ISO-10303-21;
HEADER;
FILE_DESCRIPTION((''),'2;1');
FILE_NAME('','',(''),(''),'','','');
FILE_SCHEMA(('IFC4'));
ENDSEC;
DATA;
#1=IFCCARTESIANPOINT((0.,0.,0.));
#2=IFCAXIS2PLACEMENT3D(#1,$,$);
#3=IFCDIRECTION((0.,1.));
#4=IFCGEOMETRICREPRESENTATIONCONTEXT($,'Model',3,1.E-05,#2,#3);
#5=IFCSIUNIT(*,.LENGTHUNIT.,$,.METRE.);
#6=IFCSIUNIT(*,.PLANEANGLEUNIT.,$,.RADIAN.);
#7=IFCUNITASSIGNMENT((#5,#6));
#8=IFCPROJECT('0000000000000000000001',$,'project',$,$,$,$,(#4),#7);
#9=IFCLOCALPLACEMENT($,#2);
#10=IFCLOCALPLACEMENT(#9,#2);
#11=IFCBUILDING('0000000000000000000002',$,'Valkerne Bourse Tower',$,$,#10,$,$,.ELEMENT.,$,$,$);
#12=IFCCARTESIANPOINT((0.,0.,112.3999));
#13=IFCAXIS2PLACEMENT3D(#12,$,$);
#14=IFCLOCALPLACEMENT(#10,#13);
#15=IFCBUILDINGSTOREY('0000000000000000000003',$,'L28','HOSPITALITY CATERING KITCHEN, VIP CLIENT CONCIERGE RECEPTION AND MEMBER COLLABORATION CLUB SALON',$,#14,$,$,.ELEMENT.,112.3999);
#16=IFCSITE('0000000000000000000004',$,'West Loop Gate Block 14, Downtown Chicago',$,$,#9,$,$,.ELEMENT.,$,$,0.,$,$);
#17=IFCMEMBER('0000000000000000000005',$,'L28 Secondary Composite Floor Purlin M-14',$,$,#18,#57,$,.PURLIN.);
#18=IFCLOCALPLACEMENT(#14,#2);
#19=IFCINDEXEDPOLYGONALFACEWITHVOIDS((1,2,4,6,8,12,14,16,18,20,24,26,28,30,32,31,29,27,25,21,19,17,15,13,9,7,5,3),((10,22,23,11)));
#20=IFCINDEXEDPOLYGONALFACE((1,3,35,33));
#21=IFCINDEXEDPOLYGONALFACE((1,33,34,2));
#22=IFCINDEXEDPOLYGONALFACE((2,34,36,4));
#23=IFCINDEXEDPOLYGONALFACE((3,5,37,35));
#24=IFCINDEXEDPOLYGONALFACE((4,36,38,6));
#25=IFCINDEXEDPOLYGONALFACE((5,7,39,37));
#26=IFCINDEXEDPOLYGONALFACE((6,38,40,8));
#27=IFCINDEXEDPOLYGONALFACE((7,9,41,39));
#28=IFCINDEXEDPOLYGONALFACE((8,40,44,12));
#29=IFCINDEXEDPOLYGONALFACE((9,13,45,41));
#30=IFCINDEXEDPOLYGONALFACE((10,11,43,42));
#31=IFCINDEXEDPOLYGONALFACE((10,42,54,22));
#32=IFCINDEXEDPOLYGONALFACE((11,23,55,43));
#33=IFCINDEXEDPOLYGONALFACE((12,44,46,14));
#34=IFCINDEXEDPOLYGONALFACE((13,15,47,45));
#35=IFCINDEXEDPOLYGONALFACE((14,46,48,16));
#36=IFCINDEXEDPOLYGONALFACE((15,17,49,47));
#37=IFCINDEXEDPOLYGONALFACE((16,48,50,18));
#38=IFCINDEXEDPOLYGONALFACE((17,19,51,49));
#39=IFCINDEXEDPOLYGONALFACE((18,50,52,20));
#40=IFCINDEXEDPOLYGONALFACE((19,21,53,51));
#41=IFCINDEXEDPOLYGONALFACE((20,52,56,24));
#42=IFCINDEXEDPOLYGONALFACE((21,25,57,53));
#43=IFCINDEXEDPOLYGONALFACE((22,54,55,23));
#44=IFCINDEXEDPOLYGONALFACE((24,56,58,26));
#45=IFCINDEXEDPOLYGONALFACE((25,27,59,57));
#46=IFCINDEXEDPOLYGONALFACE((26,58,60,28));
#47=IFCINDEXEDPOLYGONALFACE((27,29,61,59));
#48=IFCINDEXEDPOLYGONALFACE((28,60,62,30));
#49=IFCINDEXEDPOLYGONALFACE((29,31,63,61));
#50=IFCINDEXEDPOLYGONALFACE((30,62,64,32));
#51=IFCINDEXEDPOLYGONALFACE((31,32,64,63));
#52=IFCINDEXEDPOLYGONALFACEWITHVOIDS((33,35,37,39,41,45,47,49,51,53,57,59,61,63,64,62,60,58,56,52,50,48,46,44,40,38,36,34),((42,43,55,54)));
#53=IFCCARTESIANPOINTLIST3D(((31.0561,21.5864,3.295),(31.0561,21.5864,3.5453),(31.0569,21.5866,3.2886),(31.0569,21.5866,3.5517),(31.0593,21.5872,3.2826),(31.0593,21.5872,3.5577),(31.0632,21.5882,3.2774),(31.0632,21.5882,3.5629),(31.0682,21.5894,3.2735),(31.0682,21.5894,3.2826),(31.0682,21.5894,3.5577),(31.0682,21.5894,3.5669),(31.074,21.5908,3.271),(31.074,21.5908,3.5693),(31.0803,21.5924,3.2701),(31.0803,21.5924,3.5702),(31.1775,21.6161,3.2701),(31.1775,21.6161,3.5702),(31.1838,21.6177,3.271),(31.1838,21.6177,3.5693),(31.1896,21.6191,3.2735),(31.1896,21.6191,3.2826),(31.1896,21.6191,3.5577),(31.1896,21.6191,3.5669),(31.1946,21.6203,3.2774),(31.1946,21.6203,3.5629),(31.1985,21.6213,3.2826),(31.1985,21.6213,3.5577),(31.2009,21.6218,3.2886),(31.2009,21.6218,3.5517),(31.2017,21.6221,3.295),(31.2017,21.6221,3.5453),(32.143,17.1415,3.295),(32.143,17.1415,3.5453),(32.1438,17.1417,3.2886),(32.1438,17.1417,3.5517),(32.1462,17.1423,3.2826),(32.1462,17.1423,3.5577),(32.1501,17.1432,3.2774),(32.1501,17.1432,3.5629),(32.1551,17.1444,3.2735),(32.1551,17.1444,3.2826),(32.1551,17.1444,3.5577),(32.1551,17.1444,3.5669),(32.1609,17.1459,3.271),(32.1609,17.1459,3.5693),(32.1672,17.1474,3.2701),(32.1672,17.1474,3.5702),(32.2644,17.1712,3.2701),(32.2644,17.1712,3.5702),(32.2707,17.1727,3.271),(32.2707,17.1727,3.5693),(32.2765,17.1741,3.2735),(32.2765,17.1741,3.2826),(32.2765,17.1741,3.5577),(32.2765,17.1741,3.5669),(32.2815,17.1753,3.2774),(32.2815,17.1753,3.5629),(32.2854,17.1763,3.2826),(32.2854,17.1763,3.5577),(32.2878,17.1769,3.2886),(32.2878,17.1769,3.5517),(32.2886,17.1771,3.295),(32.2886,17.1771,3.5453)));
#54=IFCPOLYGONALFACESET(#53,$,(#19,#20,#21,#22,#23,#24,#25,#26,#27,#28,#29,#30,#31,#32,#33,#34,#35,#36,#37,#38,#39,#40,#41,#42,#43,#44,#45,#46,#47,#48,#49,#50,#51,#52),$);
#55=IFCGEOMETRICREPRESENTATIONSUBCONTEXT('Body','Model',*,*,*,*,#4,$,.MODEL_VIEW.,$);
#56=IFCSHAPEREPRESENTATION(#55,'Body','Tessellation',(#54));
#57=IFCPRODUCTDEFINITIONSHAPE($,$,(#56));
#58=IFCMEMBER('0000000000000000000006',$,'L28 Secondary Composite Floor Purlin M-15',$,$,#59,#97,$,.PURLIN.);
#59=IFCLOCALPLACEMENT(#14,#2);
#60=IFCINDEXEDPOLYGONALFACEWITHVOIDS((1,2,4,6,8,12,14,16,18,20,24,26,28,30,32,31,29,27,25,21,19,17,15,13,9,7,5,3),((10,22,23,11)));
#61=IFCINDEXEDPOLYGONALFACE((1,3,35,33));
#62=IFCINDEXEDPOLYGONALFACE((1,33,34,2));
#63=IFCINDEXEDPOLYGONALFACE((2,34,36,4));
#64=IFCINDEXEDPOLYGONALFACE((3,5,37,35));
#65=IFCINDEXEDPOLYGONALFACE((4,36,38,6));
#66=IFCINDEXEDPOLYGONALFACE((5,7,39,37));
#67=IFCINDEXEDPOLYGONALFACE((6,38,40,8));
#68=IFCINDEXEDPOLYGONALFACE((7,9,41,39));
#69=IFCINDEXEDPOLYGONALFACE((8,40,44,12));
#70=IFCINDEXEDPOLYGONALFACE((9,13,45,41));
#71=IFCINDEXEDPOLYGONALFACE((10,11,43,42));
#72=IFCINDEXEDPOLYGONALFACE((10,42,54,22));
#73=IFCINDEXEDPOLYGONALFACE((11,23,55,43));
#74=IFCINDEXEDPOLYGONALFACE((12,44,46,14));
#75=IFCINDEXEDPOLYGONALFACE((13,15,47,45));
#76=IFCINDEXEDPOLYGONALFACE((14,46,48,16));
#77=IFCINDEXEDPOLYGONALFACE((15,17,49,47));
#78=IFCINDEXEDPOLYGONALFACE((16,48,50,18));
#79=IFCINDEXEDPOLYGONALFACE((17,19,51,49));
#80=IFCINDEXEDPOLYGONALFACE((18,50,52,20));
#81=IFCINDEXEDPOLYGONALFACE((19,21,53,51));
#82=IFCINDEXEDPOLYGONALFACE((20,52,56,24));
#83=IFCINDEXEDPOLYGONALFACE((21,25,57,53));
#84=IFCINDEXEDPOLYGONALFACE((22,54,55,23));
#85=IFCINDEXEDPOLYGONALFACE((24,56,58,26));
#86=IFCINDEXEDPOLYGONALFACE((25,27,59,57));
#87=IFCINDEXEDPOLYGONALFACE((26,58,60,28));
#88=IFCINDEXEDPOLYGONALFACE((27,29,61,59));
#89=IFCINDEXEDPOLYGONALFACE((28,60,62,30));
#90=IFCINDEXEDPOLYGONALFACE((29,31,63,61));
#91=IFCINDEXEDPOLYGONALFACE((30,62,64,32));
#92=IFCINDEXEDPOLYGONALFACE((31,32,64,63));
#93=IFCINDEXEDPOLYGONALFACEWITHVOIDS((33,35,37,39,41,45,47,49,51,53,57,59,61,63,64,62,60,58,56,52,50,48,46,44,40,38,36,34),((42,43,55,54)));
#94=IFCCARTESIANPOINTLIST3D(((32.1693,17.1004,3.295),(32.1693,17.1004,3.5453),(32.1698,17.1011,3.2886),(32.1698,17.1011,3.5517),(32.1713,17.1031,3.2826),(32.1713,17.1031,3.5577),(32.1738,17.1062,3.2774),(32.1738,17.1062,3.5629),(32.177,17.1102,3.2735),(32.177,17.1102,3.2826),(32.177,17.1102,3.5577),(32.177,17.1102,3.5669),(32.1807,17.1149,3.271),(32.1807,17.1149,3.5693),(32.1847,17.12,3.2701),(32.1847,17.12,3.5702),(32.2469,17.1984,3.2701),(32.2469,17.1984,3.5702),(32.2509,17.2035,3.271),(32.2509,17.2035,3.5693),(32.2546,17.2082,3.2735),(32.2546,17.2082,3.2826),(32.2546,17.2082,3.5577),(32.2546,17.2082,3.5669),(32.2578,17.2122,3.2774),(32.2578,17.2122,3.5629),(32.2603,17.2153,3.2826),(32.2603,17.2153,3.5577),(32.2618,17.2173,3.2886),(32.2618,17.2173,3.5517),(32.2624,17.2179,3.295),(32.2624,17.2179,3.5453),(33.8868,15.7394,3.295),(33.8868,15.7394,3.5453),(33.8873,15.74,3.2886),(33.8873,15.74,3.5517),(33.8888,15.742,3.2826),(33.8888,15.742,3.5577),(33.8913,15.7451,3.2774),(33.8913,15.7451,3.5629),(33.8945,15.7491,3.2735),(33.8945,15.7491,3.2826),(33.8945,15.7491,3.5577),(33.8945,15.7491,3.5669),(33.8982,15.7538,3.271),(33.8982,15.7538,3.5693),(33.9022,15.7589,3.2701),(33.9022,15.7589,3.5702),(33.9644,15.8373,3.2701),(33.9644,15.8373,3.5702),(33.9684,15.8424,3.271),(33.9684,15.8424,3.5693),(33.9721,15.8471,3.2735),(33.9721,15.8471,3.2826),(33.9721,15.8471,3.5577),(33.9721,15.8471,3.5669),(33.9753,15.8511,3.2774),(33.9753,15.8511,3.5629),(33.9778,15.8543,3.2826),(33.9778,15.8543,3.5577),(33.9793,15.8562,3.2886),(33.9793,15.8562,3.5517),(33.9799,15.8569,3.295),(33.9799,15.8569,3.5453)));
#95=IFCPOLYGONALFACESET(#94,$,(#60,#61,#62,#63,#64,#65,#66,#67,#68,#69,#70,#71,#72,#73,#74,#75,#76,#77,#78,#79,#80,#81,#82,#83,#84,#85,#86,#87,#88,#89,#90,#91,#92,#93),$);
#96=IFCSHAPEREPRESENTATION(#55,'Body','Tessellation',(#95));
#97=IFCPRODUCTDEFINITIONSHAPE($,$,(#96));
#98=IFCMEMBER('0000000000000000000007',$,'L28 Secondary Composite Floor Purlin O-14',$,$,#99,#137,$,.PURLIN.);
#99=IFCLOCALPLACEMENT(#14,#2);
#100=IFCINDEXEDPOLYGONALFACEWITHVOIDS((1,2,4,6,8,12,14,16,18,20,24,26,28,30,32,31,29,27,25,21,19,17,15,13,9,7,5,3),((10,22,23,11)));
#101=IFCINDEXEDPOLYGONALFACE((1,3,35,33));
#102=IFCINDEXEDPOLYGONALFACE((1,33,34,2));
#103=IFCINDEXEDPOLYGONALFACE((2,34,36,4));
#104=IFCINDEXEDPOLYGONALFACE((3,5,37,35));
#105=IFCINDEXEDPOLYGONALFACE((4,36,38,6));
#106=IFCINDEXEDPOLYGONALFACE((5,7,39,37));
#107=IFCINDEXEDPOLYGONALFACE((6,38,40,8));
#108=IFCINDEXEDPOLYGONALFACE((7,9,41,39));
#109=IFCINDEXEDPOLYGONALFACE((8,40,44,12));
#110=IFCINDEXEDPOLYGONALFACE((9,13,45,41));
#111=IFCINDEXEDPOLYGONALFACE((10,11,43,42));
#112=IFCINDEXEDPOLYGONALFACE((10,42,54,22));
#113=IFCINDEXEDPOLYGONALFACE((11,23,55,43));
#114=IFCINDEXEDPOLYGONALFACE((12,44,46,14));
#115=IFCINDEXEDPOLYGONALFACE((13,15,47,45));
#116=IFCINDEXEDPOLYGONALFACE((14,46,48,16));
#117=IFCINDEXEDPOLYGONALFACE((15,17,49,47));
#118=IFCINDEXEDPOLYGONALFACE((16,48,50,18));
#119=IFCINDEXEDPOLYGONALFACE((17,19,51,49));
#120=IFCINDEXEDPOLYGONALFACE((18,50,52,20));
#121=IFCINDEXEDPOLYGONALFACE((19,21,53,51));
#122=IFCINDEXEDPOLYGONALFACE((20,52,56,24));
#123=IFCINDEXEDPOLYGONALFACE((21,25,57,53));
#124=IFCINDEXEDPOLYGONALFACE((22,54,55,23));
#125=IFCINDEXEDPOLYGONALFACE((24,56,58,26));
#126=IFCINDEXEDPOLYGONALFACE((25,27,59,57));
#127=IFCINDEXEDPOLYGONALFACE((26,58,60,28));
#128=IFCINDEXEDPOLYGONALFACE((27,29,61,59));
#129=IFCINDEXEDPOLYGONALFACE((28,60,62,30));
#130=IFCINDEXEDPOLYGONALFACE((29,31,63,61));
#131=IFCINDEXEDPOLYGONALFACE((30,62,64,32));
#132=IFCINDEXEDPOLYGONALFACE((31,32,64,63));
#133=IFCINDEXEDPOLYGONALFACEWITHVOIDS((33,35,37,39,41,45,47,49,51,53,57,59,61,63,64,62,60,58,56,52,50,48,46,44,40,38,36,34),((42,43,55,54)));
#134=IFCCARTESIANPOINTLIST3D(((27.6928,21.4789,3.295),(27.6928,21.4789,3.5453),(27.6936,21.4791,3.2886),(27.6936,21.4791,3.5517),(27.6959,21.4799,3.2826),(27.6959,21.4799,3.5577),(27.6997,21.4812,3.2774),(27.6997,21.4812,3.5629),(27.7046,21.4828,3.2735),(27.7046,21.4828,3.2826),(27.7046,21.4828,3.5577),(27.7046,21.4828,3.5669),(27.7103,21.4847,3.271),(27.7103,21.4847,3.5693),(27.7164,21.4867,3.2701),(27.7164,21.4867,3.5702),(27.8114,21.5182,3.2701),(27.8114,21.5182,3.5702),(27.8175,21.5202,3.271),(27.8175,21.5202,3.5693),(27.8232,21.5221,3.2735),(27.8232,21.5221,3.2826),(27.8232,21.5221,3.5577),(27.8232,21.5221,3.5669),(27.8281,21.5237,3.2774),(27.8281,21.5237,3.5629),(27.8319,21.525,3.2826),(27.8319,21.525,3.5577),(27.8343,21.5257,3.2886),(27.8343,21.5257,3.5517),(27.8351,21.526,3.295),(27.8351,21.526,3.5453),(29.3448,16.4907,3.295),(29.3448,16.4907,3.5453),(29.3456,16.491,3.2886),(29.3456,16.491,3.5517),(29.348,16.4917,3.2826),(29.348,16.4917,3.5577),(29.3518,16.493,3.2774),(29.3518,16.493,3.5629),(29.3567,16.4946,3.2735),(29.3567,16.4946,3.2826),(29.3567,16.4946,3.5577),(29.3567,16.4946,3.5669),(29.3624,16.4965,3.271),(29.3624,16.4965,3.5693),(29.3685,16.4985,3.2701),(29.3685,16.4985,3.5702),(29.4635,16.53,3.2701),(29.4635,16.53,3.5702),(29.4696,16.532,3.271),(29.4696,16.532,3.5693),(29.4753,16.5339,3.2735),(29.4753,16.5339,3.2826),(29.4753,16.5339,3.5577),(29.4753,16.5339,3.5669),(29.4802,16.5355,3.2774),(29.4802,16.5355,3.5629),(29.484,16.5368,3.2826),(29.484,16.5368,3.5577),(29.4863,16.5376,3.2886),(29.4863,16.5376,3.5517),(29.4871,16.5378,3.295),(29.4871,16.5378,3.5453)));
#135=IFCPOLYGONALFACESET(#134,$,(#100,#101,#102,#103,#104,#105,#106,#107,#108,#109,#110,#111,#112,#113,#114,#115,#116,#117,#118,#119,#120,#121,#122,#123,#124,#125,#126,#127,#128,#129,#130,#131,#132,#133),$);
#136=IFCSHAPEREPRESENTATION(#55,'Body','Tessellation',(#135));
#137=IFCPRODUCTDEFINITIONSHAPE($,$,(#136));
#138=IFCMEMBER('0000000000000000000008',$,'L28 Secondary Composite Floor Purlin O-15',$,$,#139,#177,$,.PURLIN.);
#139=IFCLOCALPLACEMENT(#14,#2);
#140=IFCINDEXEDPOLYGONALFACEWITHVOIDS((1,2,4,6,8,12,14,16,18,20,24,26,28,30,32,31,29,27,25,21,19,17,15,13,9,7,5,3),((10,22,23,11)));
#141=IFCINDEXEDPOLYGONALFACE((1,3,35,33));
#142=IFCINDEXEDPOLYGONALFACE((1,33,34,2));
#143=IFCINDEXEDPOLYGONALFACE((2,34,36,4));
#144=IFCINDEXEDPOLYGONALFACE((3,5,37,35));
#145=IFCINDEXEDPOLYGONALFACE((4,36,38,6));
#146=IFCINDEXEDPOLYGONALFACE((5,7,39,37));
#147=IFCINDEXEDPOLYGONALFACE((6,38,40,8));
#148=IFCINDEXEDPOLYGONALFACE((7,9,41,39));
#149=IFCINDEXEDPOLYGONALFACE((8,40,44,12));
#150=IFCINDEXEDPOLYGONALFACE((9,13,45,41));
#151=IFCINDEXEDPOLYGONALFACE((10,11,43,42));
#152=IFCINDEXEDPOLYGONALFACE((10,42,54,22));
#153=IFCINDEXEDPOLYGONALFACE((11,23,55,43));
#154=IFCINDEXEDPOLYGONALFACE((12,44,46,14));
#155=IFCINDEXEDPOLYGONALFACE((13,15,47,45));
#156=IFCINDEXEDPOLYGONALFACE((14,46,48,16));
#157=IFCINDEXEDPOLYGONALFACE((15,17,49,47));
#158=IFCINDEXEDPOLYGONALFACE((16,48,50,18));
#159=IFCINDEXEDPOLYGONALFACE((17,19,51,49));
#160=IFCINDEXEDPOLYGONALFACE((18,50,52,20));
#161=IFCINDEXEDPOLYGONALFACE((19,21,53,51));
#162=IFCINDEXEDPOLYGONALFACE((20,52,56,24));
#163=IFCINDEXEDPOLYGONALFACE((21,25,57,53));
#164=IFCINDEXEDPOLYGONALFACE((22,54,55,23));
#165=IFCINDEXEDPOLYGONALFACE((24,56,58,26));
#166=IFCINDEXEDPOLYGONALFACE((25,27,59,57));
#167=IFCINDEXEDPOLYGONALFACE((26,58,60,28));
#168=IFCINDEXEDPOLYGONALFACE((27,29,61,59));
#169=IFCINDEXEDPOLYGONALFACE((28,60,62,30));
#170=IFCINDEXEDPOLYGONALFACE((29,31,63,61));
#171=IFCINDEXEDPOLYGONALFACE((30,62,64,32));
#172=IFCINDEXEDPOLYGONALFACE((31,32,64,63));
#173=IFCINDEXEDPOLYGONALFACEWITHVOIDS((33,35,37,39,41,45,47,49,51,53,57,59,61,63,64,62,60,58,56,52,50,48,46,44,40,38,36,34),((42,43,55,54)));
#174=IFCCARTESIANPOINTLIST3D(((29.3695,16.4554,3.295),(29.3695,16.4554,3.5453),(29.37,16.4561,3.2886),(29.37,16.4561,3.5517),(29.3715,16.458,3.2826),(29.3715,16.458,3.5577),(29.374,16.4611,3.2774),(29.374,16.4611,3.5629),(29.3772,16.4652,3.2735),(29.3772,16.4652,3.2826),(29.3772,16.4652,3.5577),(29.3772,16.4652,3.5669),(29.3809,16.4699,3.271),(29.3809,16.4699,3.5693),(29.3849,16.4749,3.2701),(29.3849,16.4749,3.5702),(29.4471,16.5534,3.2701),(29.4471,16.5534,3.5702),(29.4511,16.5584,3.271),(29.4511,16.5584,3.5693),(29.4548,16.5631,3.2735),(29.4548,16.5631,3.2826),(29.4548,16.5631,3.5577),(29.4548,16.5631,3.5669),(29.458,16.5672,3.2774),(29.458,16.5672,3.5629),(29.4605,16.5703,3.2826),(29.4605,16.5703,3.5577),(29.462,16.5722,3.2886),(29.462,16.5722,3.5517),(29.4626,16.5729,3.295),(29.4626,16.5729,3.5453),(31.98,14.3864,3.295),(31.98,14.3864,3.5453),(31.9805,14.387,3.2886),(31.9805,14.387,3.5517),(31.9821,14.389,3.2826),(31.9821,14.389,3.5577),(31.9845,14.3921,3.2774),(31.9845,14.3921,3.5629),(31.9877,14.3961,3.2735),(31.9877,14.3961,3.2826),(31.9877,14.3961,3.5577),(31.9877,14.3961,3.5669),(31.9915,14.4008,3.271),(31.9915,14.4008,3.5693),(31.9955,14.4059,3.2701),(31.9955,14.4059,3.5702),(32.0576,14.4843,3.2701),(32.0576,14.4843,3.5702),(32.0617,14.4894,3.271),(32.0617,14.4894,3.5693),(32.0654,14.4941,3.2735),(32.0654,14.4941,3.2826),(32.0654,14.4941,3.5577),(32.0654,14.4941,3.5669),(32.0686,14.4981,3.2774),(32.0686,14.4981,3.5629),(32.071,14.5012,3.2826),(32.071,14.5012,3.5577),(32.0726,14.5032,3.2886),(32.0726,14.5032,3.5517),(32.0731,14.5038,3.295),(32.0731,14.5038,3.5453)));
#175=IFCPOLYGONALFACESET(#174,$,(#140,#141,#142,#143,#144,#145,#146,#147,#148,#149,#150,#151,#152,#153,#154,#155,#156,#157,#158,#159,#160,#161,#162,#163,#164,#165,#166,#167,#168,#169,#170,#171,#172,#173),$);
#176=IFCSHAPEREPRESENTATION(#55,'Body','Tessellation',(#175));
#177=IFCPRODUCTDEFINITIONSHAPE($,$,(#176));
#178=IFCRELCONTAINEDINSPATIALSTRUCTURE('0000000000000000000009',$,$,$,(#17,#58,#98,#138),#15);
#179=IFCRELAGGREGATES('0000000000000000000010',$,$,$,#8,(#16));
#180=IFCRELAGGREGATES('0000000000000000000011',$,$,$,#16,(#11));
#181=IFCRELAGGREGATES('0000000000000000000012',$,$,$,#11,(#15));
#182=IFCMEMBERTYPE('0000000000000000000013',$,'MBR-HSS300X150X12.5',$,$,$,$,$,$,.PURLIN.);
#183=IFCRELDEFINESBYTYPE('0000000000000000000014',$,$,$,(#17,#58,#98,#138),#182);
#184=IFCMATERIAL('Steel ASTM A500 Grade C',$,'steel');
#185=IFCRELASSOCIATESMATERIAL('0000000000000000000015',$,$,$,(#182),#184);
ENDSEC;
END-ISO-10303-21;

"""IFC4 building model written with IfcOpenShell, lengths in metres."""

from ifc_helpers import new_model, si_unit, direction, frame, origin, origin_2d, place, context, subcontext, project, spatial, hollow_rectangle, extrude, material, material_profile, profile_set, type_object, element, save


model = new_model("IFC4")

# Units and contexts
model_context = context("Model", 3, precision=1e-05, world=origin(), true_north=direction((0.0, 1.0)))
body_context = subcontext(model_context, "Body", "Model", "MODEL_VIEW")
ifc_project = project(units=[si_unit("LENGTHUNIT", "METRE"), si_unit("PLANEANGLEUNIT", "RADIAN")], contexts=[model_context])

# Site, building, storey
site_placement = place(None, origin())
site = spatial("IfcSite", under=ifc_project, at=site_placement, Name="West Loop Gate Block 14, Downtown Chicago", CompositionType="ELEMENT", RefElevation=0.0)
building_placement = place(site_placement, origin())
building = spatial("IfcBuilding", under=site, at=building_placement, Name="Valkerne Bourse Tower", CompositionType="ELEMENT")
storey_placement = place(building_placement, frame((0.0, 0.0, 112.3999)))
storey = spatial("IfcBuildingStorey", under=building, at=storey_placement, Name="L28", Description="HOSPITALITY CATERING KITCHEN, VIP CLIENT CONCIERGE RECEPTION AND MEMBER COLLABORATION CLUB SALON", CompositionType="ELEMENT", Elevation=112.3999)

# Members
ifc_material_1 = material(Name="Steel ASTM A500 Grade C", Category="steel")
ifc_material_profile_1 = material_profile(ifc_material_1, hollow_rectangle(XDim=0.1499, YDim=0.3, WallThickness=0.0125, OuterFilletRadius=0.0249, at=origin_2d()), Name="HSS300X150X12.5")
ifc_profile_set_1 = profile_set([ifc_material_profile_1], Name="Steel ASTM A500 Grade C")
member_type_1 = type_object("IfcMemberType", Name="MBR-HSS300X150X12.5", PredefinedType="PURLIN", material=ifc_profile_set_1)
member_1_placement = place(storey_placement, frame((31.1289, 21.6042, 3.4202), z_axis=(0.237524, -0.971382, 0.0), x_axis=(0.971382, 0.237524, 0.0)))
element("IfcMember", 1, at=member_1_placement, inside=storey, type_object=member_type_1, Name="L28 Secondary Composite Floor Purlin M-14", PredefinedType="PURLIN", context=body_context, shape_type="SweptSolid", body=[
    extrude(hollow_rectangle(XDim=0.1499, YDim=0.3, WallThickness=0.0125, OuterFilletRadius=0.0249, at=origin_2d()), origin(), (0.0, 0.0, 1.0), 4.5759),
])
member_2_placement = place(storey_placement, frame((32.2158, 17.1592, 3.4202), z_axis=(0.783741, -0.621088, 0.0), x_axis=(0.621088, 0.783741, 0.0)))
element("IfcMember", 2, at=member_2_placement, inside=storey, type_object=member_type_1, Name="L28 Secondary Composite Floor Purlin M-15", PredefinedType="PURLIN", context=body_context, shape_type="SweptSolid", body=[
    extrude(hollow_rectangle(XDim=0.1499, YDim=0.3, WallThickness=0.0125, OuterFilletRadius=0.0249, at=origin_2d()), origin(), (0.0, 0.0, 1.0), 2.1914),
])
member_3_placement = place(storey_placement, frame((27.7639, 21.5024, 3.4202), z_axis=(0.314401, -0.94929, 0.0), x_axis=(0.94929, 0.314401, 0.0)))
element("IfcMember", 3, at=member_3_placement, inside=storey, type_object=member_type_1, Name="L28 Secondary Composite Floor Purlin O-14", PredefinedType="PURLIN", context=body_context, shape_type="SweptSolid", body=[
    extrude(hollow_rectangle(XDim=0.1499, YDim=0.3, WallThickness=0.0125, OuterFilletRadius=0.0249, at=origin_2d()), origin(), (0.0, 0.0, 1.0), 5.2546),
])
member_4_placement = place(storey_placement, frame((29.416, 16.5142, 3.4202), z_axis=(0.783699, -0.62114, 0.0), x_axis=(0.62114, 0.783699, 0.0)))
element("IfcMember", 4, at=member_4_placement, inside=storey, type_object=member_type_1, Name="L28 Secondary Composite Floor Purlin O-15", PredefinedType="PURLIN", context=body_context, shape_type="SweptSolid", body=[
    extrude(hollow_rectangle(XDim=0.1499, YDim=0.3, WallThickness=0.0125, OuterFilletRadius=0.0249, at=origin_2d()), origin(), (0.0, 0.0, 1.0), 3.3311),
])

save(model, "model.ifc")
